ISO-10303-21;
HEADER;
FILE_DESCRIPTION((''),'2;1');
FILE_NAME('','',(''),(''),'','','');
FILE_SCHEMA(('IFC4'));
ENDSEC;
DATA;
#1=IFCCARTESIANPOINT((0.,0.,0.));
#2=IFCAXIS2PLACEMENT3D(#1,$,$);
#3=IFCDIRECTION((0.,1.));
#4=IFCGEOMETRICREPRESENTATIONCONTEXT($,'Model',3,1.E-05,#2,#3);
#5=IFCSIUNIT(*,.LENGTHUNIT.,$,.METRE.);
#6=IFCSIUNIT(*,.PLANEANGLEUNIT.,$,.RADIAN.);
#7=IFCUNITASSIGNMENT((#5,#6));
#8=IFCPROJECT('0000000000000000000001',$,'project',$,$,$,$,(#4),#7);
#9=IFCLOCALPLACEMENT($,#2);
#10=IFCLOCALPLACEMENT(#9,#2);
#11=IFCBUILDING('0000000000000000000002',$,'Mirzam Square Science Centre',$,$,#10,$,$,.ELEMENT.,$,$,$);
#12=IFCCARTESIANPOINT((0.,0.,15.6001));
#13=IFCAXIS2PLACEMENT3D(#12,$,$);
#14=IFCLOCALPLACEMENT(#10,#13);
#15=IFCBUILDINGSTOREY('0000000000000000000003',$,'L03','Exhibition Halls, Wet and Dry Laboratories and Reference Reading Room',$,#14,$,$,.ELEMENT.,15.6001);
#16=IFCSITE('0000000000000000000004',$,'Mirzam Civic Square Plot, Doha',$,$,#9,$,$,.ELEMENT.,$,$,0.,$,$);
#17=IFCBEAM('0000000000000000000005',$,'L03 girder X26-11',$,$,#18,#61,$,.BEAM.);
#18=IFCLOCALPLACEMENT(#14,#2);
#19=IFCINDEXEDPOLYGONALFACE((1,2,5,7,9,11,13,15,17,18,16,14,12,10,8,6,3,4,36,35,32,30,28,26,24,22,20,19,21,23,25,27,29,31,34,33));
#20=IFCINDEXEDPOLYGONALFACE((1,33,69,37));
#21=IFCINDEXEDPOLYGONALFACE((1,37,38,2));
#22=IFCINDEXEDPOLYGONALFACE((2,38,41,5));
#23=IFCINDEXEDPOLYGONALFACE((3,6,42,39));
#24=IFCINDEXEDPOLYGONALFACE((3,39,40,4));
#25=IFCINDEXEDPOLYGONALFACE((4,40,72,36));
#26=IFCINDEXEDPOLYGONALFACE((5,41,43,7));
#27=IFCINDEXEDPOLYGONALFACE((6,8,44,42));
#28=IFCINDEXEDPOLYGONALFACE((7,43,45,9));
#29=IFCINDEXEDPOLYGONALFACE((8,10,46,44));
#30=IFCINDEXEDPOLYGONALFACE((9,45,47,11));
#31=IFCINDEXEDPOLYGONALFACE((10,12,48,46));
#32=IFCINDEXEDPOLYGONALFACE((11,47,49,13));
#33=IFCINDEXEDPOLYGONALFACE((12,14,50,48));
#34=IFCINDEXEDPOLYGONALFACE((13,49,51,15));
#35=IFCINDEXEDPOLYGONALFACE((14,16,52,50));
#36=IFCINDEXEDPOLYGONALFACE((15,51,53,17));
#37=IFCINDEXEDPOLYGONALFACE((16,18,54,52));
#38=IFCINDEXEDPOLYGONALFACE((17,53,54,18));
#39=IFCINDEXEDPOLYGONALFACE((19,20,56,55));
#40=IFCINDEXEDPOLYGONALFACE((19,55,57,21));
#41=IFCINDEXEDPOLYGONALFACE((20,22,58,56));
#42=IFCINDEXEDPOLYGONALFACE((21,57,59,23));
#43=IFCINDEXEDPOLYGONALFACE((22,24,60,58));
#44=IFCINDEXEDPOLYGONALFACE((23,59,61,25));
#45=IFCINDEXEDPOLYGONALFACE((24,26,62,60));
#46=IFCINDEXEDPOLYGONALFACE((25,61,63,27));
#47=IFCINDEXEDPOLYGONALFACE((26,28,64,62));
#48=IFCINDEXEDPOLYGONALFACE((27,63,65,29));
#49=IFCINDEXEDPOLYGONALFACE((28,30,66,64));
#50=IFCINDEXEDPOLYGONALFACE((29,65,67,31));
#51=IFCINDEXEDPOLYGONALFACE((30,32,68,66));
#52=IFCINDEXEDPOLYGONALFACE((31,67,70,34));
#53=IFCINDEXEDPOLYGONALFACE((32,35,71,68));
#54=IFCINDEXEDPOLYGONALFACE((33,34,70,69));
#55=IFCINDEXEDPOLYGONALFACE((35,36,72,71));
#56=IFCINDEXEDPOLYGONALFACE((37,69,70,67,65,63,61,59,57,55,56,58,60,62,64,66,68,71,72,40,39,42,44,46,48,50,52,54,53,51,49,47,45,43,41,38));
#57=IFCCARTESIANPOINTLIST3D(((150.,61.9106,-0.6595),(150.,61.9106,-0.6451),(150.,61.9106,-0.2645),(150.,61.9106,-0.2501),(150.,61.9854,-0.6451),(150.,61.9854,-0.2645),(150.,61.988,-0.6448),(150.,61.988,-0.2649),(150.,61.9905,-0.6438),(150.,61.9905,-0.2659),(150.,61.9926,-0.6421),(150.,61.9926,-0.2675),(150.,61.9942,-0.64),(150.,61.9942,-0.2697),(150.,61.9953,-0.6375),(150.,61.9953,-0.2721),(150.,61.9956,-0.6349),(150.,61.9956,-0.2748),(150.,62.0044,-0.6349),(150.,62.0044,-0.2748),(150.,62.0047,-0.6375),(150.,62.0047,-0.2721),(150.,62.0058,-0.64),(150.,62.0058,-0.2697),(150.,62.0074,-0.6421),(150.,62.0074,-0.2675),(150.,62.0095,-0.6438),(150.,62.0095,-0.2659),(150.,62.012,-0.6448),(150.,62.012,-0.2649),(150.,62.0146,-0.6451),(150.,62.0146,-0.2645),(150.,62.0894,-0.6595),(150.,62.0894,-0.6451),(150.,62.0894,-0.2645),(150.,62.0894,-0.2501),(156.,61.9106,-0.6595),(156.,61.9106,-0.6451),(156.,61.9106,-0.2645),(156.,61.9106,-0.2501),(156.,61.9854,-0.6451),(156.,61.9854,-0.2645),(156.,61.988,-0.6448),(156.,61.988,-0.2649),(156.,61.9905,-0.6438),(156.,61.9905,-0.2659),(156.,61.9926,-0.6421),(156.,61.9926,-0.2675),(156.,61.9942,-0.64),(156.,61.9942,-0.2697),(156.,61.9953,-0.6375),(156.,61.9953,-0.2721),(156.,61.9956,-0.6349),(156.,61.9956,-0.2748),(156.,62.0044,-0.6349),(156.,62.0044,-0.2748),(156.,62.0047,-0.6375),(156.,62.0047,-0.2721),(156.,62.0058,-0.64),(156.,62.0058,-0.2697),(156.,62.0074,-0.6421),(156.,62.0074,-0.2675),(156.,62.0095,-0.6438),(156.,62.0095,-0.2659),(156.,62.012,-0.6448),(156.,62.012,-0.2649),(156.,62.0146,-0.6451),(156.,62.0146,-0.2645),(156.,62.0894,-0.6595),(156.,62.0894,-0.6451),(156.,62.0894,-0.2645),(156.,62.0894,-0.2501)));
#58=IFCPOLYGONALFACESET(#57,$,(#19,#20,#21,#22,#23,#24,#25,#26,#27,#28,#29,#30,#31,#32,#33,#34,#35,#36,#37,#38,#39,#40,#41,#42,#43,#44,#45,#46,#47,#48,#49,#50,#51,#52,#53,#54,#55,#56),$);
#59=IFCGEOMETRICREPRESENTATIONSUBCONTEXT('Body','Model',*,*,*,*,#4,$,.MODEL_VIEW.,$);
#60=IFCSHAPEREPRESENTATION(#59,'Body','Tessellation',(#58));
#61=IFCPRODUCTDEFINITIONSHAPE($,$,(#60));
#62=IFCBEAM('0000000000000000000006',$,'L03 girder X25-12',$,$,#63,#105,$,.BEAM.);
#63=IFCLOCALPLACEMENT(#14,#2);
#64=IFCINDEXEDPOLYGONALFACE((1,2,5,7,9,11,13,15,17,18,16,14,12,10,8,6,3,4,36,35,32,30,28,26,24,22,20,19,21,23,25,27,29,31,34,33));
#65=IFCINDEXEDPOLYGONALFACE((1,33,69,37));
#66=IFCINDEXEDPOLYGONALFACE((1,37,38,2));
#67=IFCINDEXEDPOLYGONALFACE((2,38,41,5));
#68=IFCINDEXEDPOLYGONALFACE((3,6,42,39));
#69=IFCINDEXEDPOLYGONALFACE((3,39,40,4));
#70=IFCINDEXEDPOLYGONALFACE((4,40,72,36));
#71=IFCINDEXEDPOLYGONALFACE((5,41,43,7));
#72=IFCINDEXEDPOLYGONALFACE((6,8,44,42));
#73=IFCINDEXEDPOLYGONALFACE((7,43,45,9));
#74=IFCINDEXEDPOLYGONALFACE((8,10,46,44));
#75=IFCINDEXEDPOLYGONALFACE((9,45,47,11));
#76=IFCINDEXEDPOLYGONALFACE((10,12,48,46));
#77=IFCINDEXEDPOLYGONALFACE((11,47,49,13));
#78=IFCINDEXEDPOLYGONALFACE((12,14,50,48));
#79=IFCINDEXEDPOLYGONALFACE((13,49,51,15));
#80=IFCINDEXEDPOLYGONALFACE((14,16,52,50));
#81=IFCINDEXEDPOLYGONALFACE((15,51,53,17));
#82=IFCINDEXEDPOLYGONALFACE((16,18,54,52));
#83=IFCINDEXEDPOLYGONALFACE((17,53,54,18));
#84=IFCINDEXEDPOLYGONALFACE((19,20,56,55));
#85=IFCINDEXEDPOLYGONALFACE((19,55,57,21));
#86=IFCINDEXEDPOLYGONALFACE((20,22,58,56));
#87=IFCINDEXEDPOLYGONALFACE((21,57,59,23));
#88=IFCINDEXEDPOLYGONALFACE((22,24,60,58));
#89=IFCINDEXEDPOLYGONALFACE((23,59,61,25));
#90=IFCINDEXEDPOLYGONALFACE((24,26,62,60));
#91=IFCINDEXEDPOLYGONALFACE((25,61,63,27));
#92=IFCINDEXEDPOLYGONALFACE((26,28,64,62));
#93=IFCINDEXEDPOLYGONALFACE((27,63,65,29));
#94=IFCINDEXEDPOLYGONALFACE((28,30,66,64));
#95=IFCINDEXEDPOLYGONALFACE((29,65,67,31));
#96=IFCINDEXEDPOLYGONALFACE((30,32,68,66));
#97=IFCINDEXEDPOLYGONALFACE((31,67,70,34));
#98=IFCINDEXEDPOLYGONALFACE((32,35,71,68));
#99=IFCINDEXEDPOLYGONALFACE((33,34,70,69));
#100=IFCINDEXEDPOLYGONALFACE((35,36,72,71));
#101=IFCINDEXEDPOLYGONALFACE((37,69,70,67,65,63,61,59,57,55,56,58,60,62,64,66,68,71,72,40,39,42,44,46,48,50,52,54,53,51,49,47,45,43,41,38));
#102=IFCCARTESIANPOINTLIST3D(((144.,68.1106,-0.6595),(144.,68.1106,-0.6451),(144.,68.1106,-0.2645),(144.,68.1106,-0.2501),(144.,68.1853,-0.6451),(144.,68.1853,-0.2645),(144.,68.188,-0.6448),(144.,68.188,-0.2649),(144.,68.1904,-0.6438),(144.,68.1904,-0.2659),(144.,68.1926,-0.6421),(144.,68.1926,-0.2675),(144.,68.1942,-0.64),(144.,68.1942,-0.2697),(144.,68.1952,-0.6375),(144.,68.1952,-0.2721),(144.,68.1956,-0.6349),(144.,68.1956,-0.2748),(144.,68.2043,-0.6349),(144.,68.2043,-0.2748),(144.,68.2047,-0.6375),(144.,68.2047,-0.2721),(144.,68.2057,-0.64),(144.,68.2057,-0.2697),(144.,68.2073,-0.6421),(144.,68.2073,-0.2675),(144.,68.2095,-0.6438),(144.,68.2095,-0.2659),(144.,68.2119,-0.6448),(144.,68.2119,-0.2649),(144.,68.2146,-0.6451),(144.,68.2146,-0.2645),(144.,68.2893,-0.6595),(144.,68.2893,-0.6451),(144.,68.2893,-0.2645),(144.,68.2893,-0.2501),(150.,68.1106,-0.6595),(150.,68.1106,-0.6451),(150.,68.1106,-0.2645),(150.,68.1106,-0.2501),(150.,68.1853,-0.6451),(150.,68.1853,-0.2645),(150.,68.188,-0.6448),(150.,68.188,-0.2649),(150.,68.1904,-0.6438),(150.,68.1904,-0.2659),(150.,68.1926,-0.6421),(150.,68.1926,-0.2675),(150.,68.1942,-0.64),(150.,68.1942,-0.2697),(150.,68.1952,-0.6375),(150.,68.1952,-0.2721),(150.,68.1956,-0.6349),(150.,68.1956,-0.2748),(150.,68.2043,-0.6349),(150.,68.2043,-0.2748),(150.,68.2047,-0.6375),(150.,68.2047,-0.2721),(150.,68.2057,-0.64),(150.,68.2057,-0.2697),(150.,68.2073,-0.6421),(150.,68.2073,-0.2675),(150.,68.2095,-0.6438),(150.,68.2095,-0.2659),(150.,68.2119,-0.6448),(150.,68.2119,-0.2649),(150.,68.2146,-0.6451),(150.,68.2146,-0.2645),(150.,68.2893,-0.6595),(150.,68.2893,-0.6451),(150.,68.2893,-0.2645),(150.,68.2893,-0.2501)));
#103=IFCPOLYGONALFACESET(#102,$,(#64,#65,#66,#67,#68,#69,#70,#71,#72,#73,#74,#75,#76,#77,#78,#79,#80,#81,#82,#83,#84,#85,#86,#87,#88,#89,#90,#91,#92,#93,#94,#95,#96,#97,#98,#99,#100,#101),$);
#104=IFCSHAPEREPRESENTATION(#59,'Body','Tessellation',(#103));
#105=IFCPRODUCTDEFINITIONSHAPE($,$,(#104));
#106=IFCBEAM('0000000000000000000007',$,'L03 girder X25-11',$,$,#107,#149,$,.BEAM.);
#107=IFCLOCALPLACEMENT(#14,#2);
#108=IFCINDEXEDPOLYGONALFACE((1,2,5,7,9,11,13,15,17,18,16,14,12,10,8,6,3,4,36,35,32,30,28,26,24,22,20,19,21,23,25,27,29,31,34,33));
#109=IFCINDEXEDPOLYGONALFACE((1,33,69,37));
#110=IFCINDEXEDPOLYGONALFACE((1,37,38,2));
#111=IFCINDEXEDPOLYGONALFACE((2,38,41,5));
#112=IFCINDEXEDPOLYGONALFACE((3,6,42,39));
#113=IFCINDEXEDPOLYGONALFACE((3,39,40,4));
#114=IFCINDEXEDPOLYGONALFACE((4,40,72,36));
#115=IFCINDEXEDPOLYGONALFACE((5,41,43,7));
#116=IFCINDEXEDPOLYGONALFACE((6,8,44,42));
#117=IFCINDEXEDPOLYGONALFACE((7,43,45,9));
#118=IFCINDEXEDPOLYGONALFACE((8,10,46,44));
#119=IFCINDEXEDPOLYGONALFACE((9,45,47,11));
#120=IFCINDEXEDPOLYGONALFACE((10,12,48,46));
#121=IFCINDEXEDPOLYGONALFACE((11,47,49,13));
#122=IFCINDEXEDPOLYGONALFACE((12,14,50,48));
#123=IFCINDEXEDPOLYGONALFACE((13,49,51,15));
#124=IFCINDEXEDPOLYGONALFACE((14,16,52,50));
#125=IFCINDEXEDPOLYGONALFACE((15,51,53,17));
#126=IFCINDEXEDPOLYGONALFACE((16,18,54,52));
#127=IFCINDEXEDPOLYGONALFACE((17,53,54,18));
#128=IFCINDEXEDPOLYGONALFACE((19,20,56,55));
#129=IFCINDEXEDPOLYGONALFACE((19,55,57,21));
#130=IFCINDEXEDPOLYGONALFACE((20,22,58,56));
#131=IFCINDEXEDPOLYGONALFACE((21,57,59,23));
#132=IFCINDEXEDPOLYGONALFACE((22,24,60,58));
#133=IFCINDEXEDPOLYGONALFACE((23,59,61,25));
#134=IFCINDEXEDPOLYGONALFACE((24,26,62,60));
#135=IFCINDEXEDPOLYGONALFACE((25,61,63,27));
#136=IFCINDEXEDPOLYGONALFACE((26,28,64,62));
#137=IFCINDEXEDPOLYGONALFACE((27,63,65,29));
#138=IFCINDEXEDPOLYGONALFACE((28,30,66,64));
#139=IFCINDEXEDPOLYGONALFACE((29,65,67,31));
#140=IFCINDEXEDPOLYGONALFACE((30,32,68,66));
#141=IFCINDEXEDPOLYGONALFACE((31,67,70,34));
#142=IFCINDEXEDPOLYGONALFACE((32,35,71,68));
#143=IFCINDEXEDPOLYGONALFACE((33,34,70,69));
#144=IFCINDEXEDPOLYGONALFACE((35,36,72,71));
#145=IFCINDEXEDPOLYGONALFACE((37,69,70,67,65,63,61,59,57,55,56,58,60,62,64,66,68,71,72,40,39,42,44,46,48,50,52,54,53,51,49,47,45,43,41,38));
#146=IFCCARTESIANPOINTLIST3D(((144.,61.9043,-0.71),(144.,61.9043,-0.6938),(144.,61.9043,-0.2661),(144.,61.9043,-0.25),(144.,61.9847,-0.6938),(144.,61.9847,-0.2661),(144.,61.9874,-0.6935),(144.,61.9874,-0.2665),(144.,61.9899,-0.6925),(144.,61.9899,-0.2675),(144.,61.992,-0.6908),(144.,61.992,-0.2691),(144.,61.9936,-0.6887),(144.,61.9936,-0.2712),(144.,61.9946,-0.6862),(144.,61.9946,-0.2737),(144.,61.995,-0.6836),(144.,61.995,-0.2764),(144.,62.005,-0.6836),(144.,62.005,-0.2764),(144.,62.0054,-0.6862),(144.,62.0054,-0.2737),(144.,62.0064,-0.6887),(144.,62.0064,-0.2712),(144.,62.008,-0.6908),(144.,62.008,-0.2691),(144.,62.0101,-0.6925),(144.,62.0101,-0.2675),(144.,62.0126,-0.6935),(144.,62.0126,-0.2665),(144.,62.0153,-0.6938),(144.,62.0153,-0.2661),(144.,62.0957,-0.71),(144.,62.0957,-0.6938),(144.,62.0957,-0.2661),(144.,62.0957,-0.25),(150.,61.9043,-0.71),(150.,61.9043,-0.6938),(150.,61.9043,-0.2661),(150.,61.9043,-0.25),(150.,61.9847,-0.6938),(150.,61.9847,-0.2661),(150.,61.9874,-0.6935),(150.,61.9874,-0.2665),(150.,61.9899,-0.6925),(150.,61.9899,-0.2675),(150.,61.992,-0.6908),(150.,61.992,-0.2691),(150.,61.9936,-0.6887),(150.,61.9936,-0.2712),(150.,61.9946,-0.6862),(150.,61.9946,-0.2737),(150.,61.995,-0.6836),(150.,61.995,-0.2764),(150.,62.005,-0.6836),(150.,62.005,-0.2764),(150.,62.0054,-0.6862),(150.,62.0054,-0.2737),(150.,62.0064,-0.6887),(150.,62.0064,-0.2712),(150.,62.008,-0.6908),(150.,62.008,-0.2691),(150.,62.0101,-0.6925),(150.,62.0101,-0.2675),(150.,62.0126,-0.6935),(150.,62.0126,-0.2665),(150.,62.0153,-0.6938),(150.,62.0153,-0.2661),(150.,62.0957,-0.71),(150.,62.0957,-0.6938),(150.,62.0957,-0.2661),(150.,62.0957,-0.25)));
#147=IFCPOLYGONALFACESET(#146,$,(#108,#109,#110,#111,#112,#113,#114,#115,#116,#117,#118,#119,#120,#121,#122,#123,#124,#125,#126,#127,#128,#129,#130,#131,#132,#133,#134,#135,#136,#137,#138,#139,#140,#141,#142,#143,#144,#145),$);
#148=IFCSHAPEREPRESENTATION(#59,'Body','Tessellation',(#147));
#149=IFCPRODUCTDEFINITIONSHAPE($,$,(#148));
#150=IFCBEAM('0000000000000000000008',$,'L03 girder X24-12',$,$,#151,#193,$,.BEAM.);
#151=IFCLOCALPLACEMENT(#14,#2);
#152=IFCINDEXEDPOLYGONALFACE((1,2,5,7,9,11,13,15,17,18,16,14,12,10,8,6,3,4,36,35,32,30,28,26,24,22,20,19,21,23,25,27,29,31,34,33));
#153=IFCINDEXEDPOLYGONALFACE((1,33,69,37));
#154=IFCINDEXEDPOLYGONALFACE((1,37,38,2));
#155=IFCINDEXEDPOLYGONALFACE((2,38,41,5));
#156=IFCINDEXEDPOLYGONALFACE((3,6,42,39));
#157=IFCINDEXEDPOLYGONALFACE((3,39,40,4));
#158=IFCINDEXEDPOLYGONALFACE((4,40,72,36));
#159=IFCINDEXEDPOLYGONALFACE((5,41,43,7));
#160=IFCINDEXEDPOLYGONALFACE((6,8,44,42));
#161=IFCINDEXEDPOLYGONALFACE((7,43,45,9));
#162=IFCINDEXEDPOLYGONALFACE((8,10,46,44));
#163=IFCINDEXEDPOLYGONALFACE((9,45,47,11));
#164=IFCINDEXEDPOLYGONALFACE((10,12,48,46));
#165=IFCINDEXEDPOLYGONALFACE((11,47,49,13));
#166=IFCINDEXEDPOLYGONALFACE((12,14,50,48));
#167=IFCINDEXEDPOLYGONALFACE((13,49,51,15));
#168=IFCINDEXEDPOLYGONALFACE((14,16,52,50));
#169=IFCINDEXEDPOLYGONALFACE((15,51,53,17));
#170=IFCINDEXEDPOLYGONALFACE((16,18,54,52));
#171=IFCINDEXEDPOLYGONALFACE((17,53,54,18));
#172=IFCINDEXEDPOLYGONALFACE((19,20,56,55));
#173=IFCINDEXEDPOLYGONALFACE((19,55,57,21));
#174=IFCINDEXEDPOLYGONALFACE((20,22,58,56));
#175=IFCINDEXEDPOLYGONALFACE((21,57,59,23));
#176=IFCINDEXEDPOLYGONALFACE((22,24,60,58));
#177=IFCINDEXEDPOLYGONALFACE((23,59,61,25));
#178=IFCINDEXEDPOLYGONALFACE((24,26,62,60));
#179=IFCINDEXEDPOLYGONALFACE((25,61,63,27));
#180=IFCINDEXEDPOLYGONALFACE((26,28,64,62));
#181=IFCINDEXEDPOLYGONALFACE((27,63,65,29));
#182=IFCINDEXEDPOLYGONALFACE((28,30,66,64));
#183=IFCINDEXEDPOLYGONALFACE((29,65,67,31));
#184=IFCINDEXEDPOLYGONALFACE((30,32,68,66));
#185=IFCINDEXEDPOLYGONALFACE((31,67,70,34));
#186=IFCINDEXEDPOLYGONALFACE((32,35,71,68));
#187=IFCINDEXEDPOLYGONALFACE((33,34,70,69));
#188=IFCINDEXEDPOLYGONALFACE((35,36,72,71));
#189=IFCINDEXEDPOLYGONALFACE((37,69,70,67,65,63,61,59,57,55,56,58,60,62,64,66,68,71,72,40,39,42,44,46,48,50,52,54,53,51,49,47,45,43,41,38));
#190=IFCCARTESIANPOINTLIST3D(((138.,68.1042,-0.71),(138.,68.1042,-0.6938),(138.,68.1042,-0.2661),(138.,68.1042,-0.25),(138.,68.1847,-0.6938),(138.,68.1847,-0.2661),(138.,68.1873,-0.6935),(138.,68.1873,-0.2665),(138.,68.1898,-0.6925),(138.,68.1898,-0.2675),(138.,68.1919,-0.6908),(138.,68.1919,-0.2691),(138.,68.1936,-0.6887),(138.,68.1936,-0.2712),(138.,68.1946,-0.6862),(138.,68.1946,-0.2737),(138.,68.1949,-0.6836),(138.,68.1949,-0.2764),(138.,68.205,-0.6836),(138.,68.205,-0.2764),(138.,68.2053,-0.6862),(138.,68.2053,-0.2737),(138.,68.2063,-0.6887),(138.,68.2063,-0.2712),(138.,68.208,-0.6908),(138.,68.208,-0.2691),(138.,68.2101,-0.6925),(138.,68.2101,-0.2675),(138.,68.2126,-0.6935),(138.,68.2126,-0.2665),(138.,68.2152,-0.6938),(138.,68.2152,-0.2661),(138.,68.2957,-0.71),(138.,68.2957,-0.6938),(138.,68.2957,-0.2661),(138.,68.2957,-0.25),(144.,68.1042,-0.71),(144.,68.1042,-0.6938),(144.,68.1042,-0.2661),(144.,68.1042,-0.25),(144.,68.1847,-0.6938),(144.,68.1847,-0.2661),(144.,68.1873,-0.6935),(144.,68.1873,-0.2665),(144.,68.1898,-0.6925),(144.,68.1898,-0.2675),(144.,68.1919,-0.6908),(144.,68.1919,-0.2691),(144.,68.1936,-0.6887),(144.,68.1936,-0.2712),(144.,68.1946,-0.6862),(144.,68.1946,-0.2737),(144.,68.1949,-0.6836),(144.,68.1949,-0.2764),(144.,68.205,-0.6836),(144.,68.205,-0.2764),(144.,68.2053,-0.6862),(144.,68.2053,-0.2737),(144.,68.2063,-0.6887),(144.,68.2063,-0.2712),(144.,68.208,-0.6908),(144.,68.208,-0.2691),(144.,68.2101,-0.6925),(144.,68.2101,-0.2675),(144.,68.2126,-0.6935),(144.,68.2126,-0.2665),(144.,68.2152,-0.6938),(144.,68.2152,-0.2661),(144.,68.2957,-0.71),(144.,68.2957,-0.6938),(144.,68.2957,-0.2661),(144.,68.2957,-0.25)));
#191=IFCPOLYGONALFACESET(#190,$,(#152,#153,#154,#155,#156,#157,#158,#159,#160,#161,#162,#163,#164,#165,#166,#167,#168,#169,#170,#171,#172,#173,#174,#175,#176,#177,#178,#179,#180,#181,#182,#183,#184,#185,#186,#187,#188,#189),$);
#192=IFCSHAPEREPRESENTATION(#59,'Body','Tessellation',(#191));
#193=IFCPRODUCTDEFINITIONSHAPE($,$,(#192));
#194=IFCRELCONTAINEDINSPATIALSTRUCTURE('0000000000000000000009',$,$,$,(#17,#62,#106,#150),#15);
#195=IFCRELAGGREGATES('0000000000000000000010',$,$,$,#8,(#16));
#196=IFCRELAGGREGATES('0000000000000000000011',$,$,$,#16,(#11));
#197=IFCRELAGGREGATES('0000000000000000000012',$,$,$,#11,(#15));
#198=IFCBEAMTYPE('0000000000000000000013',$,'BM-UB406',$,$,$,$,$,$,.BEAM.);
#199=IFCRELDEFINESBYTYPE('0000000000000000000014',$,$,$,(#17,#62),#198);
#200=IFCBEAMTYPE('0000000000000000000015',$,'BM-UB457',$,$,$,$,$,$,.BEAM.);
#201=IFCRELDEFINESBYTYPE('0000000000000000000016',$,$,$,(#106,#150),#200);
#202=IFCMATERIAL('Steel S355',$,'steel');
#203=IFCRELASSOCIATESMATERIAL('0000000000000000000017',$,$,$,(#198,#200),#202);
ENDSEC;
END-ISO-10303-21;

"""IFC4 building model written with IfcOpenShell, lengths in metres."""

from ifc_helpers import new_model, si_unit, direction, frame, origin, origin_2d, place, context, subcontext, project, spatial, i_section, extrude, material, material_profile, profile_set, type_object, element, save


model = new_model("IFC4")

# Units and contexts
model_context = context("Model", 3, precision=1e-05, world=origin(), true_north=direction((0.0, 1.0)))
body_context = subcontext(model_context, "Body", "Model", "MODEL_VIEW")
ifc_project = project(units=[si_unit("LENGTHUNIT", "METRE"), si_unit("PLANEANGLEUNIT", "RADIAN")], contexts=[model_context])

# Site, building, storey
site_placement = place(None, origin())
site = spatial("IfcSite", under=ifc_project, at=site_placement, Name="Mirzam Civic Square Plot, Doha", CompositionType="ELEMENT", RefElevation=0.0)
building_placement = place(site_placement, origin())
building = spatial("IfcBuilding", under=site, at=building_placement, Name="Mirzam Square Science Centre", CompositionType="ELEMENT")
storey_placement = place(building_placement, frame((0.0, 0.0, 15.6001)))
storey = spatial("IfcBuildingStorey", under=building, at=storey_placement, Name="L03", Description="Exhibition Halls, Wet and Dry Laboratories and Reference Reading Room", CompositionType="ELEMENT", Elevation=15.6001)

# Shared definitions
ifc_material_1 = material(Name="Steel S355", Category="steel")

# Beams
ifc_material_profile_1 = material_profile(ifc_material_1, i_section(OverallWidth=0.1787, OverallDepth=0.4094, WebThickness=0.0088, FlangeThickness=0.0144, FilletRadius=0.0103, at=origin_2d()), Name="406x178x67UB")
ifc_profile_set_1 = profile_set([ifc_material_profile_1], Name="Steel S355")
beam_type_1 = type_object("IfcBeamType", Name="BM-UB406", PredefinedType="BEAM", material=ifc_profile_set_1)
for number, where, z_axis, x_axis, name in (
    (1, (150.0, 62.0, -0.4548), (1.0, 0.0, 0.0), (0.0, 1.0, 0.0), "L03 girder X26-11"),
    (2, (144.0, 68.2, -0.4548), (1.0, 0.0, 0.0), (0.0, 1.0, 0.0), "L03 girder X25-12"),
):
    element("IfcBeam", number, at=place(storey_placement, frame(where, z_axis=z_axis, x_axis=x_axis)), inside=storey, type_object=beam_type_1, Name=name, PredefinedType="BEAM", context=body_context, shape_type="SweptSolid", body=[
        extrude(i_section(OverallWidth=0.1787, OverallDepth=0.4094, WebThickness=0.0088, FlangeThickness=0.0144, FilletRadius=0.0103, at=origin_2d()), origin(), (0.0, 0.0, 1.0), 6.0),
    ])
ifc_material_profile_2 = material_profile(ifc_material_1, i_section(OverallWidth=0.1914, OverallDepth=0.46, WebThickness=0.01, FlangeThickness=0.0161, FilletRadius=0.0103, at=origin_2d()), Name="457x191x82UB")
ifc_profile_set_2 = profile_set([ifc_material_profile_2], Name="Steel S355")
beam_type_2 = type_object("IfcBeamType", Name="BM-UB457", PredefinedType="BEAM", material=ifc_profile_set_2)
for number, where, z_axis, x_axis, name in (
    (3, (144.0, 62.0, -0.48), (1.0, 0.0, 0.0), (0.0, 1.0, 0.0), "L03 girder X25-11"),
    (4, (138.0, 68.2, -0.48), (1.0, 0.0, 0.0), (0.0, 1.0, 0.0), "L03 girder X24-12"),
):
    element("IfcBeam", number, at=place(storey_placement, frame(where, z_axis=z_axis, x_axis=x_axis)), inside=storey, type_object=beam_type_2, Name=name, PredefinedType="BEAM", context=body_context, shape_type="SweptSolid", body=[
        extrude(i_section(OverallWidth=0.1914, OverallDepth=0.46, WebThickness=0.01, FlangeThickness=0.0161, FilletRadius=0.0103, at=origin_2d()), origin(), (0.0, 0.0, 1.0), 6.0),
    ])

save(model, "model.ifc")
